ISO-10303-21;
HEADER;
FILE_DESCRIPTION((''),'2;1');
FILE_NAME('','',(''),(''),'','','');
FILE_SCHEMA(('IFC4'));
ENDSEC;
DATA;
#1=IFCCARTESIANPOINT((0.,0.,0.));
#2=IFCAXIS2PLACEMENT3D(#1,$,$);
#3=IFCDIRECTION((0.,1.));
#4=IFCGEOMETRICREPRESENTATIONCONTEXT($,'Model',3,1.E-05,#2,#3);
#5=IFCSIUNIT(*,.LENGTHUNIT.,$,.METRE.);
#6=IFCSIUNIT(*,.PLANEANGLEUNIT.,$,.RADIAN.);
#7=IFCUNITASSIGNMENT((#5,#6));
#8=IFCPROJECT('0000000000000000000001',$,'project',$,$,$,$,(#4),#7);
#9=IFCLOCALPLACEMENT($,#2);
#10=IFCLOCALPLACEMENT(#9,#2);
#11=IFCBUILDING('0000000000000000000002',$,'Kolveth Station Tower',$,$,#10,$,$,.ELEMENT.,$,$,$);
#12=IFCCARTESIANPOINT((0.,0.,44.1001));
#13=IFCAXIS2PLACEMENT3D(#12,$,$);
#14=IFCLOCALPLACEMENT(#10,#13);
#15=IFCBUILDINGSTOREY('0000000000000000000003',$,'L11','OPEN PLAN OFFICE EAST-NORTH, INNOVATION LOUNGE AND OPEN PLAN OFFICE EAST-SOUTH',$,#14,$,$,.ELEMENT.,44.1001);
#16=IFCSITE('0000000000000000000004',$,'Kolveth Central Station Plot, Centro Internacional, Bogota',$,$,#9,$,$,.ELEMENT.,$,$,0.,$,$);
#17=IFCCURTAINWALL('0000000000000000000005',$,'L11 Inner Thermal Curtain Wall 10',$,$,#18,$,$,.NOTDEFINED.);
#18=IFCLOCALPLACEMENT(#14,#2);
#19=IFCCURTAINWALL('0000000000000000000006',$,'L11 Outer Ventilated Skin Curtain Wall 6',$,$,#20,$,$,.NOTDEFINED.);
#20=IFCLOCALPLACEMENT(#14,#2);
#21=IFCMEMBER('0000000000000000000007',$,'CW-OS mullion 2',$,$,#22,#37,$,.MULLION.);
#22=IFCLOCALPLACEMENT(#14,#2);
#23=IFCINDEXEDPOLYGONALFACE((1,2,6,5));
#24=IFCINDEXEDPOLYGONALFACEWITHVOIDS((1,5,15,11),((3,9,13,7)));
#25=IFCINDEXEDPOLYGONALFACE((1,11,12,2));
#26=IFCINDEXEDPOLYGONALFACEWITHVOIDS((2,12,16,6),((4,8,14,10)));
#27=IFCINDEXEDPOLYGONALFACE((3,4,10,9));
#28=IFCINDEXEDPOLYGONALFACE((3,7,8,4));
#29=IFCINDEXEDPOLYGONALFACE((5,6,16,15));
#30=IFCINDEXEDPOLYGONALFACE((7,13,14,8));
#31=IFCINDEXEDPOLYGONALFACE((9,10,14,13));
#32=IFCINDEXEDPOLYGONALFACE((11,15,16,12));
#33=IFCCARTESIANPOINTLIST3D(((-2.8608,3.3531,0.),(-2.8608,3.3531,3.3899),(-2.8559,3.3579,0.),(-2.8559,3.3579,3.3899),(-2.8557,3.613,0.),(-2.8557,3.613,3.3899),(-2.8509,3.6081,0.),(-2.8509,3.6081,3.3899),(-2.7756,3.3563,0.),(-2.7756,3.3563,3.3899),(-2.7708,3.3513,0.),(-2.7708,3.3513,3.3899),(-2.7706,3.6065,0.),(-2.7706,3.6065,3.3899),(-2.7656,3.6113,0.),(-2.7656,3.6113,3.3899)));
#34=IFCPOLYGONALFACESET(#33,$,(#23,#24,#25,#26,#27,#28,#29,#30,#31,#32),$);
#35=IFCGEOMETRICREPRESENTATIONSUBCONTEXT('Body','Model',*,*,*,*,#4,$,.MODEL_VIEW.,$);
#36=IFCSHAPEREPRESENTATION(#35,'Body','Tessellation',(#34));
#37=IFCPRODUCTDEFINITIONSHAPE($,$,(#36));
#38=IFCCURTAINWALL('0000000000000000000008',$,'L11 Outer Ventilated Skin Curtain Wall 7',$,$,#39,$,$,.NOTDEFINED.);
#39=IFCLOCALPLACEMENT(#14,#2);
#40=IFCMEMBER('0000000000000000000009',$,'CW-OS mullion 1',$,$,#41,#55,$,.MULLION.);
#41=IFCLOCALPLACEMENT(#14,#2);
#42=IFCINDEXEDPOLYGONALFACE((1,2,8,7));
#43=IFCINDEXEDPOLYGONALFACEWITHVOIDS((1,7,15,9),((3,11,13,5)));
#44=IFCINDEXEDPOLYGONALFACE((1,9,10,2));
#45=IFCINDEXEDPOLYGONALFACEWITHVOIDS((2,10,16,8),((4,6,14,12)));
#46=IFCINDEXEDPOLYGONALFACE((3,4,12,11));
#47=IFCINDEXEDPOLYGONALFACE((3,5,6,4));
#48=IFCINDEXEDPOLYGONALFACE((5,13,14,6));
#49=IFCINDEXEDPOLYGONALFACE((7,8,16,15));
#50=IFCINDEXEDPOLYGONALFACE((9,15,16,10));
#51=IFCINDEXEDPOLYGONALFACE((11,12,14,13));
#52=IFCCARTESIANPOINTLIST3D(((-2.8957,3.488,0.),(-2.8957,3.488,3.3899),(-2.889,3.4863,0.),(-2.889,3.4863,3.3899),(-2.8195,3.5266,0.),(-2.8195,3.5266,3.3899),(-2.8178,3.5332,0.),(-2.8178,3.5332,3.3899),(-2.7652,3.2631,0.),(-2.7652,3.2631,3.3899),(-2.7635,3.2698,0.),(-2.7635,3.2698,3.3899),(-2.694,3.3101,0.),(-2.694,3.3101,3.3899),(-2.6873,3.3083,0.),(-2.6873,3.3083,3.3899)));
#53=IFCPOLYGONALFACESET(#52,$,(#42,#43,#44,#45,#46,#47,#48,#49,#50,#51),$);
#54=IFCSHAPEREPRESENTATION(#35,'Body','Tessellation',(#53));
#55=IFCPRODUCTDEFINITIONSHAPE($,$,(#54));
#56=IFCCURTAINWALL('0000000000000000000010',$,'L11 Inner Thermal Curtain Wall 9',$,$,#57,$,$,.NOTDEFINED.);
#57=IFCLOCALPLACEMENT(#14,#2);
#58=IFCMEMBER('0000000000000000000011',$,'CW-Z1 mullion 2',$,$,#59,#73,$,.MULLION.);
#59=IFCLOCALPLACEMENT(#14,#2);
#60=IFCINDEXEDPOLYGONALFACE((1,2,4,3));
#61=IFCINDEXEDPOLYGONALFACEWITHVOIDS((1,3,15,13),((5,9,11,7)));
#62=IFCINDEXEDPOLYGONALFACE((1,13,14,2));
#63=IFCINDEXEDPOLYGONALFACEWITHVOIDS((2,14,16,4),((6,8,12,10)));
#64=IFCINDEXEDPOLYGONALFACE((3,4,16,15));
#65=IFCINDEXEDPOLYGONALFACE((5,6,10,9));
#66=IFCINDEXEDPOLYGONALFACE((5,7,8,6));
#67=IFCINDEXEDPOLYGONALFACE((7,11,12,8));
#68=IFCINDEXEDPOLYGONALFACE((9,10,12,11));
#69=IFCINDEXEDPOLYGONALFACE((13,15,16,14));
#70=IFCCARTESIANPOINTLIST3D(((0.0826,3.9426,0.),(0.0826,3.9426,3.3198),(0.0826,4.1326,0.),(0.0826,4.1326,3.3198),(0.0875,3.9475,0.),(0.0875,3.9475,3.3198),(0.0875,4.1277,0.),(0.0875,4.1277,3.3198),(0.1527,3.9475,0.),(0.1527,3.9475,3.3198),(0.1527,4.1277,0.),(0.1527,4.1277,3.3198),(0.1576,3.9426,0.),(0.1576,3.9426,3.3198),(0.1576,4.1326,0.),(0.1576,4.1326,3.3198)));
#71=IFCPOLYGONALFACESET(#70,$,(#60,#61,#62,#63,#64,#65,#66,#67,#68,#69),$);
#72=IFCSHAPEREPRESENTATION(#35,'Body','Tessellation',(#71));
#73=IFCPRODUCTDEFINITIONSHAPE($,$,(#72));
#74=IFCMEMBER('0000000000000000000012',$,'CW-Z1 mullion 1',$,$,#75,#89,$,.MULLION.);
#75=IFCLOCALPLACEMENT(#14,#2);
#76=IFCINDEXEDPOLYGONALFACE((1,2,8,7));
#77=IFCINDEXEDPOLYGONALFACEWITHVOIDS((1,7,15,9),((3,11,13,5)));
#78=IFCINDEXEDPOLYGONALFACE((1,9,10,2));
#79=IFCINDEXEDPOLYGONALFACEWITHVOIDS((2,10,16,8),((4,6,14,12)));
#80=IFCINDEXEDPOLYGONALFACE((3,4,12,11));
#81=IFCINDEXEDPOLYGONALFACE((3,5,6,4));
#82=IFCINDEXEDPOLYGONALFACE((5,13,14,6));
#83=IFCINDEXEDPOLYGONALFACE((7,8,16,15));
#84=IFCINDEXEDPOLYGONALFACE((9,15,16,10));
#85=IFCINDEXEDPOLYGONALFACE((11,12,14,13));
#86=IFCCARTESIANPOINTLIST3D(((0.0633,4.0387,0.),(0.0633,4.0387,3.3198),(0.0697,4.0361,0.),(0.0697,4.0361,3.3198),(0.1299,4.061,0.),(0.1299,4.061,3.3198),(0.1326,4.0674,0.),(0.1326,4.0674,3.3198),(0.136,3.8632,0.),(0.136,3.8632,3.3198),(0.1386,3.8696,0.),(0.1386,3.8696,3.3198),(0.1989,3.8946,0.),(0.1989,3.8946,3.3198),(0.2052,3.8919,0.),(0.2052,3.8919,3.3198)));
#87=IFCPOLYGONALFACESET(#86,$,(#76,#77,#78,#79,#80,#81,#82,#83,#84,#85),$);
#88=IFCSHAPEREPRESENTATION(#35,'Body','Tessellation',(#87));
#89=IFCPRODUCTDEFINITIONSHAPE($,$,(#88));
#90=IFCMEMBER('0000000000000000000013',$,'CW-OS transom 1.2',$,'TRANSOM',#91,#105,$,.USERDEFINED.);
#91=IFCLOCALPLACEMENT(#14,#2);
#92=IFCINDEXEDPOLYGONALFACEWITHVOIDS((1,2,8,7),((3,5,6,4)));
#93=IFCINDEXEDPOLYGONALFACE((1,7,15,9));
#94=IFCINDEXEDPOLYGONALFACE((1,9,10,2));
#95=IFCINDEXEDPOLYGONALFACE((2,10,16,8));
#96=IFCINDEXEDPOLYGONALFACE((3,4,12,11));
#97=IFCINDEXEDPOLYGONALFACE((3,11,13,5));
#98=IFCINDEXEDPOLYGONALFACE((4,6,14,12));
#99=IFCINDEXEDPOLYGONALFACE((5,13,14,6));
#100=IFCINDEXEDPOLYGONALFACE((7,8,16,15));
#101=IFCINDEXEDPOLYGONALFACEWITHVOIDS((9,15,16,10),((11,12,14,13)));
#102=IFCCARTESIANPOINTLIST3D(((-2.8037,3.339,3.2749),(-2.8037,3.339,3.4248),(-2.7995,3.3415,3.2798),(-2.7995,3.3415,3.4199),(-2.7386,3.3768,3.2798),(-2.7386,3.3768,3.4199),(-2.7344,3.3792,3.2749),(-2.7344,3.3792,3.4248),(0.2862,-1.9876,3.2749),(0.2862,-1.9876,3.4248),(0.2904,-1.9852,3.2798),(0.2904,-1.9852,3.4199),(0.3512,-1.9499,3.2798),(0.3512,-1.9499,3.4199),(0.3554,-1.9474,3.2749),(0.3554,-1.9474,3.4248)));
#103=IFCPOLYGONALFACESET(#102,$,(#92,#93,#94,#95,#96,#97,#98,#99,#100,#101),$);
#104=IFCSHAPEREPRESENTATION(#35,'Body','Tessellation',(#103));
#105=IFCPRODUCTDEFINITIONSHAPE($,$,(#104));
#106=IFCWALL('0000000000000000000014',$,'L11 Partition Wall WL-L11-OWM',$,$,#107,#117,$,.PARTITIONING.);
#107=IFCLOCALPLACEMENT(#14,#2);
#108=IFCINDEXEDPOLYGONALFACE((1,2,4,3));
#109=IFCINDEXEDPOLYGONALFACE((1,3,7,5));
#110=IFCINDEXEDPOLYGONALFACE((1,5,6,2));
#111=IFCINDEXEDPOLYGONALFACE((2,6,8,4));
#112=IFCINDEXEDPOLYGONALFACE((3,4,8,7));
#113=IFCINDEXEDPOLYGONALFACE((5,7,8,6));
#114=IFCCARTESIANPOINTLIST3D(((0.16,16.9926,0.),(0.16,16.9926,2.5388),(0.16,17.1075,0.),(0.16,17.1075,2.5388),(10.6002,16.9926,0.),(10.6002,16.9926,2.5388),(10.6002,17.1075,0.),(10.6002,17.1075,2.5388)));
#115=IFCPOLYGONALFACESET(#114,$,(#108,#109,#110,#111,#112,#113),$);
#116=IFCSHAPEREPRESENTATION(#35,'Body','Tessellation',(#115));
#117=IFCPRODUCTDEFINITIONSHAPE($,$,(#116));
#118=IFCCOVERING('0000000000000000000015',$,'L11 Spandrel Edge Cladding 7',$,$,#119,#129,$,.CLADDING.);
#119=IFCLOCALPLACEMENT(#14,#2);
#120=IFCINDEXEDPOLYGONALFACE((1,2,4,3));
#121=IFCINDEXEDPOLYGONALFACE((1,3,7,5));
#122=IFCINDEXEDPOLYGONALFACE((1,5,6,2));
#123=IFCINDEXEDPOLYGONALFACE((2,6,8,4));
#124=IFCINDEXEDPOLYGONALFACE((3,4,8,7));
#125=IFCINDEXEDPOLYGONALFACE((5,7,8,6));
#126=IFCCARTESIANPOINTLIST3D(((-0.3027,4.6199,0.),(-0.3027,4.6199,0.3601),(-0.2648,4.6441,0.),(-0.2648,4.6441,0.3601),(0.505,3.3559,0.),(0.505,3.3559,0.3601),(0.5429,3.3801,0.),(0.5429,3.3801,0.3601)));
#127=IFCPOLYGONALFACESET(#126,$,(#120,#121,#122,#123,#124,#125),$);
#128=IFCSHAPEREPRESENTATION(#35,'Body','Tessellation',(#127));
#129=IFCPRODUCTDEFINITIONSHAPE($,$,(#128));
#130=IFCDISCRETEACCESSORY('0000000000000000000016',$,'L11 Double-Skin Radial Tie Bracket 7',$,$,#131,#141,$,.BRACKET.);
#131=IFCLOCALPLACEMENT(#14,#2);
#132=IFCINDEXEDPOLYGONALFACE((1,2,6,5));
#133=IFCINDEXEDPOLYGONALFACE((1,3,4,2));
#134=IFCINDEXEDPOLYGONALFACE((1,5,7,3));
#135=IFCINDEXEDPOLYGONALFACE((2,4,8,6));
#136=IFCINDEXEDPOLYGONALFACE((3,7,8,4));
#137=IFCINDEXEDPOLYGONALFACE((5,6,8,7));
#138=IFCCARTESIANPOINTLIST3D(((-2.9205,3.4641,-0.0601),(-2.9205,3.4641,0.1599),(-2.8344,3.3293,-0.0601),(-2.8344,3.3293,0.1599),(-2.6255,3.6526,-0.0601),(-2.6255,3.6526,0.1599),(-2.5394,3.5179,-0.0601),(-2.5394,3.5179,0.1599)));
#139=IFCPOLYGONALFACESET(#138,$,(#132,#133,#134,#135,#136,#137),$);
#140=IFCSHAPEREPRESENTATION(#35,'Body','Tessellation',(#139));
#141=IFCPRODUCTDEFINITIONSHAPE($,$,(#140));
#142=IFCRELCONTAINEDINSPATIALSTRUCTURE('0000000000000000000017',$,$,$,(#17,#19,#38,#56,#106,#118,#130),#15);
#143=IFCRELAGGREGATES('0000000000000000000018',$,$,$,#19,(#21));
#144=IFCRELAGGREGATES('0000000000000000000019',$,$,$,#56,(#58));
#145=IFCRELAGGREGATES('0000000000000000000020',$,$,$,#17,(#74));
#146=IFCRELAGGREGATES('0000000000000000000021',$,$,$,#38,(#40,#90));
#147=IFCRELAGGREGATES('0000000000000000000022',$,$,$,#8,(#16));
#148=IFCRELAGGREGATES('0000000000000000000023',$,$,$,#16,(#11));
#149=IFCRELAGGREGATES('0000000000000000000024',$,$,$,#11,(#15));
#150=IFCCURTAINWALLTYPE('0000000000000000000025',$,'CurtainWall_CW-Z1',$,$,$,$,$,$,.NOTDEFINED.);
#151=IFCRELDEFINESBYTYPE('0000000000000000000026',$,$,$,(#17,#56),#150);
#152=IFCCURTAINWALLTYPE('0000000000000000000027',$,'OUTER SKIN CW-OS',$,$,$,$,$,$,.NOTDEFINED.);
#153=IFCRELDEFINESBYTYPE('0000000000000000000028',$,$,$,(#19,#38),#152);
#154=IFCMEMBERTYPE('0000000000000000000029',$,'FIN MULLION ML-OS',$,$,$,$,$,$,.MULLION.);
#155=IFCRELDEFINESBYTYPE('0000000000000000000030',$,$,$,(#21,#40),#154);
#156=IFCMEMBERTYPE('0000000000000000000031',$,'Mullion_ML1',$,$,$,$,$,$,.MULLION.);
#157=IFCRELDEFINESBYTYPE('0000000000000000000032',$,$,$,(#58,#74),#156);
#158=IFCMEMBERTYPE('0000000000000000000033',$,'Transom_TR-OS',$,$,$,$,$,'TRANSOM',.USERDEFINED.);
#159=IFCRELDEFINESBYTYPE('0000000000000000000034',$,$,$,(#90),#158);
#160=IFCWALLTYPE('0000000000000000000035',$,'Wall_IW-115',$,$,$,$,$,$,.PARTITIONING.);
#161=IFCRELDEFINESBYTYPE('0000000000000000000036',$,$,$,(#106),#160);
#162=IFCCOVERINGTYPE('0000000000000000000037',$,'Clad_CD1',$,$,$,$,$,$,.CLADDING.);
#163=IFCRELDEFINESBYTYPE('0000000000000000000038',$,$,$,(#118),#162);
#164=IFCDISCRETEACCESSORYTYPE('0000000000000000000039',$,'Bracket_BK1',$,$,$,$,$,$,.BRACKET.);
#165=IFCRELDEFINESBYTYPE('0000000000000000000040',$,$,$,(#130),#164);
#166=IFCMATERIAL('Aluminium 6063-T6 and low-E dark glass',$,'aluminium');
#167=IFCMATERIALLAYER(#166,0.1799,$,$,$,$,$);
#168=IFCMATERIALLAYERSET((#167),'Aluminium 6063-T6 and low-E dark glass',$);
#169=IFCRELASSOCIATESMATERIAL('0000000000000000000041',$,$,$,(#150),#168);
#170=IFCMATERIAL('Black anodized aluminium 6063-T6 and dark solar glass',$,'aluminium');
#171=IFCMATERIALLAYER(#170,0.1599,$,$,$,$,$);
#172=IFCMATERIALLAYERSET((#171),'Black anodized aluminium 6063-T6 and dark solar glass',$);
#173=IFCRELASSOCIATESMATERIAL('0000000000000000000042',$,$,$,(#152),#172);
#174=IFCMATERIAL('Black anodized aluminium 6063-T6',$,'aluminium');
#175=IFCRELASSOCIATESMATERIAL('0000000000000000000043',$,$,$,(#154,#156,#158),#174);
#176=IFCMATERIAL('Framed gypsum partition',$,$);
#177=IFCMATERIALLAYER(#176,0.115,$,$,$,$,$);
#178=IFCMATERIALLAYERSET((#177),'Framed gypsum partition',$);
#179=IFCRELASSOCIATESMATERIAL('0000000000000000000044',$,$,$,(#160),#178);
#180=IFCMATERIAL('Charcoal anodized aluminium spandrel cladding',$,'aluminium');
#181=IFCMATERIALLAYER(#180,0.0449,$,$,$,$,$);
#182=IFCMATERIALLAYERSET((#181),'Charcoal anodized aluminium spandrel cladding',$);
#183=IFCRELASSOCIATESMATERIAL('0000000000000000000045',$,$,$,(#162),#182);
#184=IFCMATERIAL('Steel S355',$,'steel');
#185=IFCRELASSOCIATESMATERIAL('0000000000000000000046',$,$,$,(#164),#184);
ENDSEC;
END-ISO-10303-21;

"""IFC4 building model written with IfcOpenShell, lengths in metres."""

from ifc_helpers import new_model, si_unit, direction, frame, frame_2d, origin, origin_2d, place, context, subcontext, project, spatial, rectangle, hollow_rectangle, extrude, source, transform, mapped, material, layer, layer_set, material_profile, profile_set, type_object, element, aggregate, save


model = new_model("IFC4")

# Units and contexts
model_context = context("Model", 3, precision=1e-05, world=origin(), true_north=direction((0.0, 1.0)))
body_context = subcontext(model_context, "Body", "Model", "MODEL_VIEW")
ifc_project = project(units=[si_unit("LENGTHUNIT", "METRE"), si_unit("PLANEANGLEUNIT", "RADIAN")], contexts=[model_context])

# Site, building, storey
site_placement = place(None, origin())
site = spatial("IfcSite", under=ifc_project, at=site_placement, Name="Kolveth Central Station Plot, Centro Internacional, Bogota", CompositionType="ELEMENT", RefElevation=0.0)
building_placement = place(site_placement, origin())
building = spatial("IfcBuilding", under=site, at=building_placement, Name="Kolveth Station Tower", CompositionType="ELEMENT")
storey_placement = place(building_placement, frame((0.0, 0.0, 44.1001)))
storey = spatial("IfcBuildingStorey", under=building, at=storey_placement, Name="L11", Description="OPEN PLAN OFFICE EAST-NORTH, INNOVATION LOUNGE AND OPEN PLAN OFFICE EAST-SOUTH", CompositionType="ELEMENT", Elevation=44.1001)

# Shared definitions
ifc_material_1 = material(Name="Steel S355", Category="steel")

# Curtain wall
ifc_material_2 = material(Name="Aluminium 6063-T6 and low-E dark glass", Category="aluminium")
ifc_layer_1 = layer(ifc_material_2, 0.1799)
ifc_layer_set_1 = layer_set([ifc_layer_1], Name="Aluminium 6063-T6 and low-E dark glass")
curtain_wall_type_1 = type_object("IfcCurtainWallType", Name="CurtainWall_CW-Z1", PredefinedType="NOTDEFINED", material=ifc_layer_set_1)
curtain_wall_1_placement = place(storey_placement, origin())
curtain_wall_1 = element("IfcCurtainWall", 1, at=curtain_wall_1_placement, inside=storey, type_object=curtain_wall_type_1, Name="L11 Inner Thermal Curtain Wall 10", PredefinedType="NOTDEFINED")
ifc_material_3 = material(Name="Black anodized aluminium 6063-T6", Category="aluminium")

# Curtain walls, members
ifc_material_4 = material(Name="Black anodized aluminium 6063-T6 and dark solar glass", Category="aluminium")
ifc_layer_2 = layer(ifc_material_4, 0.1599)
ifc_layer_set_2 = layer_set([ifc_layer_2], Name="Black anodized aluminium 6063-T6 and dark solar glass")
curtain_wall_type_2 = type_object("IfcCurtainWallType", Name="OUTER SKIN CW-OS", PredefinedType="NOTDEFINED", material=ifc_layer_set_2)
curtain_wall_2_placement = place(storey_placement, origin())
curtain_wall_2 = element("IfcCurtainWall", 2, at=curtain_wall_2_placement, inside=storey, type_object=curtain_wall_type_2, Name="L11 Outer Ventilated Skin Curtain Wall 6", PredefinedType="NOTDEFINED")
ifc_material_profile_1 = material_profile(ifc_material_3, hollow_rectangle(XDim=0.0901, YDim=0.26, WallThickness=0.0049, at=origin_2d()), Name="ALU-90x260x5")
ifc_profile_set_1 = profile_set([ifc_material_profile_1], Name="Black anodized aluminium 6063-T6")
member_type_1 = type_object("IfcMemberType", Name="FIN MULLION ML-OS", PredefinedType="MULLION", material=ifc_profile_set_1)
shared_shape_1 = source(origin(), body_context, "Body", "SweptSolid", [
    extrude(hollow_rectangle(XDim=0.0901, YDim=0.26, WallThickness=0.0049, at=origin_2d()), origin(), (0.0, 0.0, 1.0), 3.3899),
])
member_1_placement = place(storey_placement, frame((-2.8132, 3.4822, 0.0), z_axis=(0.0, 0.0, 1.0), x_axis=(0.999804, -0.01979, 0.0)))
member_1 = element("IfcMember", 3, at=member_1_placement, type_object=member_type_1, Name="CW-OS mullion 2", PredefinedType="MULLION", context=body_context, shape_type="MappedRepresentation", body=[
    mapped(shared_shape_1, transform((0.0, 0.0, 0.0), x_axis=(1.0, 0.0, 0.0), y_axis=(0.0, 1.0, 0.0), z_axis=(0.0, 0.0, 1.0), scale=1.0)),
])
aggregate(curtain_wall_2, [member_1])
curtain_wall_3_placement = place(storey_placement, origin())
curtain_wall_3 = element("IfcCurtainWall", 4, at=curtain_wall_3_placement, inside=storey, type_object=curtain_wall_type_2, Name="L11 Outer Ventilated Skin Curtain Wall 7", PredefinedType="NOTDEFINED")
member_2_placement = place(storey_placement, frame((-2.7915, 3.3982, 0.0), z_axis=(0.0, 0.0, 1.0), x_axis=(0.865007, 0.501759, 0.0)))
member_2 = element("IfcMember", 5, at=member_2_placement, type_object=member_type_1, Name="CW-OS mullion 1", PredefinedType="MULLION", context=body_context, shape_type="MappedRepresentation", body=[
    mapped(shared_shape_1, transform((0.0, 0.0, 0.0), x_axis=(1.0, 0.0, 0.0), y_axis=(0.0, 1.0, 0.0), z_axis=(0.0, 0.0, 1.0), scale=1.0)),
])
curtain_wall_4_placement = place(storey_placement, origin())
curtain_wall_4 = element("IfcCurtainWall", 6, at=curtain_wall_4_placement, inside=storey, type_object=curtain_wall_type_1, Name="L11 Inner Thermal Curtain Wall 9", PredefinedType="NOTDEFINED")
ifc_material_profile_2 = material_profile(ifc_material_3, hollow_rectangle(XDim=0.075, YDim=0.1899, WallThickness=0.0049, at=origin_2d()), Name="ALU-75x190x5")
ifc_profile_set_2 = profile_set([ifc_material_profile_2], Name="Black anodized aluminium 6063-T6")
member_type_2 = type_object("IfcMemberType", Name="Mullion_ML1", PredefinedType="MULLION", material=ifc_profile_set_2)
shared_shape_2 = source(origin(), body_context, "Body", "SweptSolid", [
    extrude(hollow_rectangle(XDim=0.075, YDim=0.1899, WallThickness=0.0049, at=origin_2d()), origin(), (0.0, 0.0, 1.0), 3.3198),
])
member_3_placement = place(storey_placement, frame((0.1201, 4.0376, 0.0), z_axis=(0.0, 0.0, 1.0), x_axis=(1.0, 0.0, 0.0)))
member_3 = element("IfcMember", 7, at=member_3_placement, type_object=member_type_2, Name="CW-Z1 mullion 2", PredefinedType="MULLION", context=body_context, shape_type="MappedRepresentation", body=[
    mapped(shared_shape_2, transform((0.0, 0.0, 0.0), x_axis=(1.0, 0.0, 0.0), y_axis=(0.0, 1.0, 0.0), z_axis=(0.0, 0.0, 1.0), scale=1.0)),
])
aggregate(curtain_wall_4, [member_3])

# Members
member_4_placement = place(storey_placement, frame((0.1343, 3.9653, 0.0), z_axis=(0.0, 0.0, 1.0), x_axis=(0.923884, 0.382673, 0.0)))
member_4 = element("IfcMember", 8, at=member_4_placement, type_object=member_type_2, Name="CW-Z1 mullion 1", PredefinedType="MULLION", context=body_context, shape_type="MappedRepresentation", body=[
    mapped(shared_shape_2, transform((0.0, 0.0, 0.0), x_axis=(1.0, 0.0, 0.0), y_axis=(0.0, 1.0, 0.0), z_axis=(0.0, 0.0, 1.0), scale=1.0)),
])
aggregate(curtain_wall_1, [member_4])
ifc_material_profile_3 = material_profile(ifc_material_3, hollow_rectangle(XDim=0.0801, YDim=0.1499, WallThickness=0.0049, at=origin_2d()), Name="ALU-80x150x5")
ifc_profile_set_3 = profile_set([ifc_material_profile_3], Name="Black anodized aluminium 6063-T6")
member_type_3 = type_object("IfcMemberType", Name="Transom_TR-OS", ElementType="TRANSOM", PredefinedType="USERDEFINED", material=ifc_profile_set_3)
shared_shape_3 = source(origin(), body_context, "Body", "SweptSolid", [
    extrude(hollow_rectangle(XDim=0.0801, YDim=0.1499, WallThickness=0.0049, at=origin_2d()), origin(), (0.0, 0.0, 1.0), 6.158),
])
member_5_placement = place(storey_placement, frame((-2.769, 3.3591, 3.3499), z_axis=(0.501764, -0.865004, 0.0), x_axis=(0.865004, 0.501764, 0.0)))
member_5 = element("IfcMember", 9, at=member_5_placement, type_object=member_type_3, Name="CW-OS transom 1.2", ObjectType="TRANSOM", PredefinedType="USERDEFINED", context=body_context, shape_type="MappedRepresentation", body=[
    mapped(shared_shape_3, transform((0.0, 0.0, 0.0), x_axis=(1.0, 0.0, 0.0), y_axis=(0.0, 1.0, 0.0), z_axis=(0.0, 0.0, 1.0), scale=1.0)),
])
aggregate(curtain_wall_3, [member_2, member_5])

# Wall
ifc_material_5 = material(Name="Framed gypsum partition")
ifc_layer_3 = layer(ifc_material_5, 0.115)
ifc_layer_set_3 = layer_set([ifc_layer_3], Name="Framed gypsum partition")
wall_type = type_object("IfcWallType", Name="Wall_IW-115", PredefinedType="PARTITIONING", material=ifc_layer_set_3)
wall_placement = place(storey_placement, frame((0.1599, 17.05, 0.0), z_axis=(0.0, 0.0, 1.0), x_axis=(1.0, 0.0, 0.0)))
element("IfcWall", 10, at=wall_placement, inside=storey, type_object=wall_type, Name="L11 Partition Wall WL-L11-OWM", PredefinedType="PARTITIONING", context=body_context, shape_type="SweptSolid", body=[
    extrude(rectangle(XDim=10.4402, YDim=0.115, at=frame_2d((5.2202, 0.0))), origin(), (0.0, 0.0, 1.0), 2.5388),
])

# Covering
ifc_material_6 = material(Name="Charcoal anodized aluminium spandrel cladding", Category="aluminium")
ifc_layer_4 = layer(ifc_material_6, 0.0449)
ifc_layer_set_4 = layer_set([ifc_layer_4], Name="Charcoal anodized aluminium spandrel cladding")
covering_type = type_object("IfcCoveringType", Name="Clad_CD1", PredefinedType="CLADDING", material=ifc_layer_set_4)
shared_shape_4 = source(origin(), body_context, "Body", "SweptSolid", [
    extrude(rectangle(XDim=1.5, YDim=0.0449, at=origin_2d()), origin(), (0.0, 0.0, 1.0), 0.3601),
])
covering_placement = place(storey_placement, frame((0.1201, 4.0, 0.0), z_axis=(0.0, 0.0, 1.0), x_axis=(0.538477, -0.84264, 0.0)))
element("IfcCovering", 11, at=covering_placement, inside=storey, type_object=covering_type, Name="L11 Spandrel Edge Cladding 7", PredefinedType="CLADDING", context=body_context, shape_type="MappedRepresentation", body=[
    mapped(shared_shape_4, transform((0.0, 0.0, 0.0), x_axis=(1.0, 0.0, 0.0), y_axis=(0.0, 1.0, 0.0), z_axis=(0.0, 0.0, 1.0), scale=1.0)),
])

# Discrete accessory
discrete_accessory_type = type_object("IfcDiscreteAccessoryType", Name="Bracket_BK1", PredefinedType="BRACKET", material=ifc_material_1)
shared_shape_5 = source(origin(), body_context, "Body", "SweptSolid", [
    extrude(rectangle(XDim=0.3501, YDim=0.1599, at=origin_2d()), origin(), (0.0, 0.0, 1.0), 0.22),
])
discrete_accessory_placement = place(storey_placement, frame((-2.73, 3.491, -0.0601), z_axis=(0.0, 0.0, 1.0), x_axis=(-0.84264, -0.538477, 0.0)))
element("IfcDiscreteAccessory", 12, at=discrete_accessory_placement, inside=storey, type_object=discrete_accessory_type, Name="L11 Double-Skin Radial Tie Bracket 7", PredefinedType="BRACKET", context=body_context, shape_type="MappedRepresentation", body=[
    mapped(shared_shape_5, transform((0.0, 0.0, 0.0), x_axis=(1.0, 0.0, 0.0), y_axis=(0.0, 1.0, 0.0), z_axis=(0.0, 0.0, 1.0), scale=1.0)),
])

save(model, "model.ifc")
